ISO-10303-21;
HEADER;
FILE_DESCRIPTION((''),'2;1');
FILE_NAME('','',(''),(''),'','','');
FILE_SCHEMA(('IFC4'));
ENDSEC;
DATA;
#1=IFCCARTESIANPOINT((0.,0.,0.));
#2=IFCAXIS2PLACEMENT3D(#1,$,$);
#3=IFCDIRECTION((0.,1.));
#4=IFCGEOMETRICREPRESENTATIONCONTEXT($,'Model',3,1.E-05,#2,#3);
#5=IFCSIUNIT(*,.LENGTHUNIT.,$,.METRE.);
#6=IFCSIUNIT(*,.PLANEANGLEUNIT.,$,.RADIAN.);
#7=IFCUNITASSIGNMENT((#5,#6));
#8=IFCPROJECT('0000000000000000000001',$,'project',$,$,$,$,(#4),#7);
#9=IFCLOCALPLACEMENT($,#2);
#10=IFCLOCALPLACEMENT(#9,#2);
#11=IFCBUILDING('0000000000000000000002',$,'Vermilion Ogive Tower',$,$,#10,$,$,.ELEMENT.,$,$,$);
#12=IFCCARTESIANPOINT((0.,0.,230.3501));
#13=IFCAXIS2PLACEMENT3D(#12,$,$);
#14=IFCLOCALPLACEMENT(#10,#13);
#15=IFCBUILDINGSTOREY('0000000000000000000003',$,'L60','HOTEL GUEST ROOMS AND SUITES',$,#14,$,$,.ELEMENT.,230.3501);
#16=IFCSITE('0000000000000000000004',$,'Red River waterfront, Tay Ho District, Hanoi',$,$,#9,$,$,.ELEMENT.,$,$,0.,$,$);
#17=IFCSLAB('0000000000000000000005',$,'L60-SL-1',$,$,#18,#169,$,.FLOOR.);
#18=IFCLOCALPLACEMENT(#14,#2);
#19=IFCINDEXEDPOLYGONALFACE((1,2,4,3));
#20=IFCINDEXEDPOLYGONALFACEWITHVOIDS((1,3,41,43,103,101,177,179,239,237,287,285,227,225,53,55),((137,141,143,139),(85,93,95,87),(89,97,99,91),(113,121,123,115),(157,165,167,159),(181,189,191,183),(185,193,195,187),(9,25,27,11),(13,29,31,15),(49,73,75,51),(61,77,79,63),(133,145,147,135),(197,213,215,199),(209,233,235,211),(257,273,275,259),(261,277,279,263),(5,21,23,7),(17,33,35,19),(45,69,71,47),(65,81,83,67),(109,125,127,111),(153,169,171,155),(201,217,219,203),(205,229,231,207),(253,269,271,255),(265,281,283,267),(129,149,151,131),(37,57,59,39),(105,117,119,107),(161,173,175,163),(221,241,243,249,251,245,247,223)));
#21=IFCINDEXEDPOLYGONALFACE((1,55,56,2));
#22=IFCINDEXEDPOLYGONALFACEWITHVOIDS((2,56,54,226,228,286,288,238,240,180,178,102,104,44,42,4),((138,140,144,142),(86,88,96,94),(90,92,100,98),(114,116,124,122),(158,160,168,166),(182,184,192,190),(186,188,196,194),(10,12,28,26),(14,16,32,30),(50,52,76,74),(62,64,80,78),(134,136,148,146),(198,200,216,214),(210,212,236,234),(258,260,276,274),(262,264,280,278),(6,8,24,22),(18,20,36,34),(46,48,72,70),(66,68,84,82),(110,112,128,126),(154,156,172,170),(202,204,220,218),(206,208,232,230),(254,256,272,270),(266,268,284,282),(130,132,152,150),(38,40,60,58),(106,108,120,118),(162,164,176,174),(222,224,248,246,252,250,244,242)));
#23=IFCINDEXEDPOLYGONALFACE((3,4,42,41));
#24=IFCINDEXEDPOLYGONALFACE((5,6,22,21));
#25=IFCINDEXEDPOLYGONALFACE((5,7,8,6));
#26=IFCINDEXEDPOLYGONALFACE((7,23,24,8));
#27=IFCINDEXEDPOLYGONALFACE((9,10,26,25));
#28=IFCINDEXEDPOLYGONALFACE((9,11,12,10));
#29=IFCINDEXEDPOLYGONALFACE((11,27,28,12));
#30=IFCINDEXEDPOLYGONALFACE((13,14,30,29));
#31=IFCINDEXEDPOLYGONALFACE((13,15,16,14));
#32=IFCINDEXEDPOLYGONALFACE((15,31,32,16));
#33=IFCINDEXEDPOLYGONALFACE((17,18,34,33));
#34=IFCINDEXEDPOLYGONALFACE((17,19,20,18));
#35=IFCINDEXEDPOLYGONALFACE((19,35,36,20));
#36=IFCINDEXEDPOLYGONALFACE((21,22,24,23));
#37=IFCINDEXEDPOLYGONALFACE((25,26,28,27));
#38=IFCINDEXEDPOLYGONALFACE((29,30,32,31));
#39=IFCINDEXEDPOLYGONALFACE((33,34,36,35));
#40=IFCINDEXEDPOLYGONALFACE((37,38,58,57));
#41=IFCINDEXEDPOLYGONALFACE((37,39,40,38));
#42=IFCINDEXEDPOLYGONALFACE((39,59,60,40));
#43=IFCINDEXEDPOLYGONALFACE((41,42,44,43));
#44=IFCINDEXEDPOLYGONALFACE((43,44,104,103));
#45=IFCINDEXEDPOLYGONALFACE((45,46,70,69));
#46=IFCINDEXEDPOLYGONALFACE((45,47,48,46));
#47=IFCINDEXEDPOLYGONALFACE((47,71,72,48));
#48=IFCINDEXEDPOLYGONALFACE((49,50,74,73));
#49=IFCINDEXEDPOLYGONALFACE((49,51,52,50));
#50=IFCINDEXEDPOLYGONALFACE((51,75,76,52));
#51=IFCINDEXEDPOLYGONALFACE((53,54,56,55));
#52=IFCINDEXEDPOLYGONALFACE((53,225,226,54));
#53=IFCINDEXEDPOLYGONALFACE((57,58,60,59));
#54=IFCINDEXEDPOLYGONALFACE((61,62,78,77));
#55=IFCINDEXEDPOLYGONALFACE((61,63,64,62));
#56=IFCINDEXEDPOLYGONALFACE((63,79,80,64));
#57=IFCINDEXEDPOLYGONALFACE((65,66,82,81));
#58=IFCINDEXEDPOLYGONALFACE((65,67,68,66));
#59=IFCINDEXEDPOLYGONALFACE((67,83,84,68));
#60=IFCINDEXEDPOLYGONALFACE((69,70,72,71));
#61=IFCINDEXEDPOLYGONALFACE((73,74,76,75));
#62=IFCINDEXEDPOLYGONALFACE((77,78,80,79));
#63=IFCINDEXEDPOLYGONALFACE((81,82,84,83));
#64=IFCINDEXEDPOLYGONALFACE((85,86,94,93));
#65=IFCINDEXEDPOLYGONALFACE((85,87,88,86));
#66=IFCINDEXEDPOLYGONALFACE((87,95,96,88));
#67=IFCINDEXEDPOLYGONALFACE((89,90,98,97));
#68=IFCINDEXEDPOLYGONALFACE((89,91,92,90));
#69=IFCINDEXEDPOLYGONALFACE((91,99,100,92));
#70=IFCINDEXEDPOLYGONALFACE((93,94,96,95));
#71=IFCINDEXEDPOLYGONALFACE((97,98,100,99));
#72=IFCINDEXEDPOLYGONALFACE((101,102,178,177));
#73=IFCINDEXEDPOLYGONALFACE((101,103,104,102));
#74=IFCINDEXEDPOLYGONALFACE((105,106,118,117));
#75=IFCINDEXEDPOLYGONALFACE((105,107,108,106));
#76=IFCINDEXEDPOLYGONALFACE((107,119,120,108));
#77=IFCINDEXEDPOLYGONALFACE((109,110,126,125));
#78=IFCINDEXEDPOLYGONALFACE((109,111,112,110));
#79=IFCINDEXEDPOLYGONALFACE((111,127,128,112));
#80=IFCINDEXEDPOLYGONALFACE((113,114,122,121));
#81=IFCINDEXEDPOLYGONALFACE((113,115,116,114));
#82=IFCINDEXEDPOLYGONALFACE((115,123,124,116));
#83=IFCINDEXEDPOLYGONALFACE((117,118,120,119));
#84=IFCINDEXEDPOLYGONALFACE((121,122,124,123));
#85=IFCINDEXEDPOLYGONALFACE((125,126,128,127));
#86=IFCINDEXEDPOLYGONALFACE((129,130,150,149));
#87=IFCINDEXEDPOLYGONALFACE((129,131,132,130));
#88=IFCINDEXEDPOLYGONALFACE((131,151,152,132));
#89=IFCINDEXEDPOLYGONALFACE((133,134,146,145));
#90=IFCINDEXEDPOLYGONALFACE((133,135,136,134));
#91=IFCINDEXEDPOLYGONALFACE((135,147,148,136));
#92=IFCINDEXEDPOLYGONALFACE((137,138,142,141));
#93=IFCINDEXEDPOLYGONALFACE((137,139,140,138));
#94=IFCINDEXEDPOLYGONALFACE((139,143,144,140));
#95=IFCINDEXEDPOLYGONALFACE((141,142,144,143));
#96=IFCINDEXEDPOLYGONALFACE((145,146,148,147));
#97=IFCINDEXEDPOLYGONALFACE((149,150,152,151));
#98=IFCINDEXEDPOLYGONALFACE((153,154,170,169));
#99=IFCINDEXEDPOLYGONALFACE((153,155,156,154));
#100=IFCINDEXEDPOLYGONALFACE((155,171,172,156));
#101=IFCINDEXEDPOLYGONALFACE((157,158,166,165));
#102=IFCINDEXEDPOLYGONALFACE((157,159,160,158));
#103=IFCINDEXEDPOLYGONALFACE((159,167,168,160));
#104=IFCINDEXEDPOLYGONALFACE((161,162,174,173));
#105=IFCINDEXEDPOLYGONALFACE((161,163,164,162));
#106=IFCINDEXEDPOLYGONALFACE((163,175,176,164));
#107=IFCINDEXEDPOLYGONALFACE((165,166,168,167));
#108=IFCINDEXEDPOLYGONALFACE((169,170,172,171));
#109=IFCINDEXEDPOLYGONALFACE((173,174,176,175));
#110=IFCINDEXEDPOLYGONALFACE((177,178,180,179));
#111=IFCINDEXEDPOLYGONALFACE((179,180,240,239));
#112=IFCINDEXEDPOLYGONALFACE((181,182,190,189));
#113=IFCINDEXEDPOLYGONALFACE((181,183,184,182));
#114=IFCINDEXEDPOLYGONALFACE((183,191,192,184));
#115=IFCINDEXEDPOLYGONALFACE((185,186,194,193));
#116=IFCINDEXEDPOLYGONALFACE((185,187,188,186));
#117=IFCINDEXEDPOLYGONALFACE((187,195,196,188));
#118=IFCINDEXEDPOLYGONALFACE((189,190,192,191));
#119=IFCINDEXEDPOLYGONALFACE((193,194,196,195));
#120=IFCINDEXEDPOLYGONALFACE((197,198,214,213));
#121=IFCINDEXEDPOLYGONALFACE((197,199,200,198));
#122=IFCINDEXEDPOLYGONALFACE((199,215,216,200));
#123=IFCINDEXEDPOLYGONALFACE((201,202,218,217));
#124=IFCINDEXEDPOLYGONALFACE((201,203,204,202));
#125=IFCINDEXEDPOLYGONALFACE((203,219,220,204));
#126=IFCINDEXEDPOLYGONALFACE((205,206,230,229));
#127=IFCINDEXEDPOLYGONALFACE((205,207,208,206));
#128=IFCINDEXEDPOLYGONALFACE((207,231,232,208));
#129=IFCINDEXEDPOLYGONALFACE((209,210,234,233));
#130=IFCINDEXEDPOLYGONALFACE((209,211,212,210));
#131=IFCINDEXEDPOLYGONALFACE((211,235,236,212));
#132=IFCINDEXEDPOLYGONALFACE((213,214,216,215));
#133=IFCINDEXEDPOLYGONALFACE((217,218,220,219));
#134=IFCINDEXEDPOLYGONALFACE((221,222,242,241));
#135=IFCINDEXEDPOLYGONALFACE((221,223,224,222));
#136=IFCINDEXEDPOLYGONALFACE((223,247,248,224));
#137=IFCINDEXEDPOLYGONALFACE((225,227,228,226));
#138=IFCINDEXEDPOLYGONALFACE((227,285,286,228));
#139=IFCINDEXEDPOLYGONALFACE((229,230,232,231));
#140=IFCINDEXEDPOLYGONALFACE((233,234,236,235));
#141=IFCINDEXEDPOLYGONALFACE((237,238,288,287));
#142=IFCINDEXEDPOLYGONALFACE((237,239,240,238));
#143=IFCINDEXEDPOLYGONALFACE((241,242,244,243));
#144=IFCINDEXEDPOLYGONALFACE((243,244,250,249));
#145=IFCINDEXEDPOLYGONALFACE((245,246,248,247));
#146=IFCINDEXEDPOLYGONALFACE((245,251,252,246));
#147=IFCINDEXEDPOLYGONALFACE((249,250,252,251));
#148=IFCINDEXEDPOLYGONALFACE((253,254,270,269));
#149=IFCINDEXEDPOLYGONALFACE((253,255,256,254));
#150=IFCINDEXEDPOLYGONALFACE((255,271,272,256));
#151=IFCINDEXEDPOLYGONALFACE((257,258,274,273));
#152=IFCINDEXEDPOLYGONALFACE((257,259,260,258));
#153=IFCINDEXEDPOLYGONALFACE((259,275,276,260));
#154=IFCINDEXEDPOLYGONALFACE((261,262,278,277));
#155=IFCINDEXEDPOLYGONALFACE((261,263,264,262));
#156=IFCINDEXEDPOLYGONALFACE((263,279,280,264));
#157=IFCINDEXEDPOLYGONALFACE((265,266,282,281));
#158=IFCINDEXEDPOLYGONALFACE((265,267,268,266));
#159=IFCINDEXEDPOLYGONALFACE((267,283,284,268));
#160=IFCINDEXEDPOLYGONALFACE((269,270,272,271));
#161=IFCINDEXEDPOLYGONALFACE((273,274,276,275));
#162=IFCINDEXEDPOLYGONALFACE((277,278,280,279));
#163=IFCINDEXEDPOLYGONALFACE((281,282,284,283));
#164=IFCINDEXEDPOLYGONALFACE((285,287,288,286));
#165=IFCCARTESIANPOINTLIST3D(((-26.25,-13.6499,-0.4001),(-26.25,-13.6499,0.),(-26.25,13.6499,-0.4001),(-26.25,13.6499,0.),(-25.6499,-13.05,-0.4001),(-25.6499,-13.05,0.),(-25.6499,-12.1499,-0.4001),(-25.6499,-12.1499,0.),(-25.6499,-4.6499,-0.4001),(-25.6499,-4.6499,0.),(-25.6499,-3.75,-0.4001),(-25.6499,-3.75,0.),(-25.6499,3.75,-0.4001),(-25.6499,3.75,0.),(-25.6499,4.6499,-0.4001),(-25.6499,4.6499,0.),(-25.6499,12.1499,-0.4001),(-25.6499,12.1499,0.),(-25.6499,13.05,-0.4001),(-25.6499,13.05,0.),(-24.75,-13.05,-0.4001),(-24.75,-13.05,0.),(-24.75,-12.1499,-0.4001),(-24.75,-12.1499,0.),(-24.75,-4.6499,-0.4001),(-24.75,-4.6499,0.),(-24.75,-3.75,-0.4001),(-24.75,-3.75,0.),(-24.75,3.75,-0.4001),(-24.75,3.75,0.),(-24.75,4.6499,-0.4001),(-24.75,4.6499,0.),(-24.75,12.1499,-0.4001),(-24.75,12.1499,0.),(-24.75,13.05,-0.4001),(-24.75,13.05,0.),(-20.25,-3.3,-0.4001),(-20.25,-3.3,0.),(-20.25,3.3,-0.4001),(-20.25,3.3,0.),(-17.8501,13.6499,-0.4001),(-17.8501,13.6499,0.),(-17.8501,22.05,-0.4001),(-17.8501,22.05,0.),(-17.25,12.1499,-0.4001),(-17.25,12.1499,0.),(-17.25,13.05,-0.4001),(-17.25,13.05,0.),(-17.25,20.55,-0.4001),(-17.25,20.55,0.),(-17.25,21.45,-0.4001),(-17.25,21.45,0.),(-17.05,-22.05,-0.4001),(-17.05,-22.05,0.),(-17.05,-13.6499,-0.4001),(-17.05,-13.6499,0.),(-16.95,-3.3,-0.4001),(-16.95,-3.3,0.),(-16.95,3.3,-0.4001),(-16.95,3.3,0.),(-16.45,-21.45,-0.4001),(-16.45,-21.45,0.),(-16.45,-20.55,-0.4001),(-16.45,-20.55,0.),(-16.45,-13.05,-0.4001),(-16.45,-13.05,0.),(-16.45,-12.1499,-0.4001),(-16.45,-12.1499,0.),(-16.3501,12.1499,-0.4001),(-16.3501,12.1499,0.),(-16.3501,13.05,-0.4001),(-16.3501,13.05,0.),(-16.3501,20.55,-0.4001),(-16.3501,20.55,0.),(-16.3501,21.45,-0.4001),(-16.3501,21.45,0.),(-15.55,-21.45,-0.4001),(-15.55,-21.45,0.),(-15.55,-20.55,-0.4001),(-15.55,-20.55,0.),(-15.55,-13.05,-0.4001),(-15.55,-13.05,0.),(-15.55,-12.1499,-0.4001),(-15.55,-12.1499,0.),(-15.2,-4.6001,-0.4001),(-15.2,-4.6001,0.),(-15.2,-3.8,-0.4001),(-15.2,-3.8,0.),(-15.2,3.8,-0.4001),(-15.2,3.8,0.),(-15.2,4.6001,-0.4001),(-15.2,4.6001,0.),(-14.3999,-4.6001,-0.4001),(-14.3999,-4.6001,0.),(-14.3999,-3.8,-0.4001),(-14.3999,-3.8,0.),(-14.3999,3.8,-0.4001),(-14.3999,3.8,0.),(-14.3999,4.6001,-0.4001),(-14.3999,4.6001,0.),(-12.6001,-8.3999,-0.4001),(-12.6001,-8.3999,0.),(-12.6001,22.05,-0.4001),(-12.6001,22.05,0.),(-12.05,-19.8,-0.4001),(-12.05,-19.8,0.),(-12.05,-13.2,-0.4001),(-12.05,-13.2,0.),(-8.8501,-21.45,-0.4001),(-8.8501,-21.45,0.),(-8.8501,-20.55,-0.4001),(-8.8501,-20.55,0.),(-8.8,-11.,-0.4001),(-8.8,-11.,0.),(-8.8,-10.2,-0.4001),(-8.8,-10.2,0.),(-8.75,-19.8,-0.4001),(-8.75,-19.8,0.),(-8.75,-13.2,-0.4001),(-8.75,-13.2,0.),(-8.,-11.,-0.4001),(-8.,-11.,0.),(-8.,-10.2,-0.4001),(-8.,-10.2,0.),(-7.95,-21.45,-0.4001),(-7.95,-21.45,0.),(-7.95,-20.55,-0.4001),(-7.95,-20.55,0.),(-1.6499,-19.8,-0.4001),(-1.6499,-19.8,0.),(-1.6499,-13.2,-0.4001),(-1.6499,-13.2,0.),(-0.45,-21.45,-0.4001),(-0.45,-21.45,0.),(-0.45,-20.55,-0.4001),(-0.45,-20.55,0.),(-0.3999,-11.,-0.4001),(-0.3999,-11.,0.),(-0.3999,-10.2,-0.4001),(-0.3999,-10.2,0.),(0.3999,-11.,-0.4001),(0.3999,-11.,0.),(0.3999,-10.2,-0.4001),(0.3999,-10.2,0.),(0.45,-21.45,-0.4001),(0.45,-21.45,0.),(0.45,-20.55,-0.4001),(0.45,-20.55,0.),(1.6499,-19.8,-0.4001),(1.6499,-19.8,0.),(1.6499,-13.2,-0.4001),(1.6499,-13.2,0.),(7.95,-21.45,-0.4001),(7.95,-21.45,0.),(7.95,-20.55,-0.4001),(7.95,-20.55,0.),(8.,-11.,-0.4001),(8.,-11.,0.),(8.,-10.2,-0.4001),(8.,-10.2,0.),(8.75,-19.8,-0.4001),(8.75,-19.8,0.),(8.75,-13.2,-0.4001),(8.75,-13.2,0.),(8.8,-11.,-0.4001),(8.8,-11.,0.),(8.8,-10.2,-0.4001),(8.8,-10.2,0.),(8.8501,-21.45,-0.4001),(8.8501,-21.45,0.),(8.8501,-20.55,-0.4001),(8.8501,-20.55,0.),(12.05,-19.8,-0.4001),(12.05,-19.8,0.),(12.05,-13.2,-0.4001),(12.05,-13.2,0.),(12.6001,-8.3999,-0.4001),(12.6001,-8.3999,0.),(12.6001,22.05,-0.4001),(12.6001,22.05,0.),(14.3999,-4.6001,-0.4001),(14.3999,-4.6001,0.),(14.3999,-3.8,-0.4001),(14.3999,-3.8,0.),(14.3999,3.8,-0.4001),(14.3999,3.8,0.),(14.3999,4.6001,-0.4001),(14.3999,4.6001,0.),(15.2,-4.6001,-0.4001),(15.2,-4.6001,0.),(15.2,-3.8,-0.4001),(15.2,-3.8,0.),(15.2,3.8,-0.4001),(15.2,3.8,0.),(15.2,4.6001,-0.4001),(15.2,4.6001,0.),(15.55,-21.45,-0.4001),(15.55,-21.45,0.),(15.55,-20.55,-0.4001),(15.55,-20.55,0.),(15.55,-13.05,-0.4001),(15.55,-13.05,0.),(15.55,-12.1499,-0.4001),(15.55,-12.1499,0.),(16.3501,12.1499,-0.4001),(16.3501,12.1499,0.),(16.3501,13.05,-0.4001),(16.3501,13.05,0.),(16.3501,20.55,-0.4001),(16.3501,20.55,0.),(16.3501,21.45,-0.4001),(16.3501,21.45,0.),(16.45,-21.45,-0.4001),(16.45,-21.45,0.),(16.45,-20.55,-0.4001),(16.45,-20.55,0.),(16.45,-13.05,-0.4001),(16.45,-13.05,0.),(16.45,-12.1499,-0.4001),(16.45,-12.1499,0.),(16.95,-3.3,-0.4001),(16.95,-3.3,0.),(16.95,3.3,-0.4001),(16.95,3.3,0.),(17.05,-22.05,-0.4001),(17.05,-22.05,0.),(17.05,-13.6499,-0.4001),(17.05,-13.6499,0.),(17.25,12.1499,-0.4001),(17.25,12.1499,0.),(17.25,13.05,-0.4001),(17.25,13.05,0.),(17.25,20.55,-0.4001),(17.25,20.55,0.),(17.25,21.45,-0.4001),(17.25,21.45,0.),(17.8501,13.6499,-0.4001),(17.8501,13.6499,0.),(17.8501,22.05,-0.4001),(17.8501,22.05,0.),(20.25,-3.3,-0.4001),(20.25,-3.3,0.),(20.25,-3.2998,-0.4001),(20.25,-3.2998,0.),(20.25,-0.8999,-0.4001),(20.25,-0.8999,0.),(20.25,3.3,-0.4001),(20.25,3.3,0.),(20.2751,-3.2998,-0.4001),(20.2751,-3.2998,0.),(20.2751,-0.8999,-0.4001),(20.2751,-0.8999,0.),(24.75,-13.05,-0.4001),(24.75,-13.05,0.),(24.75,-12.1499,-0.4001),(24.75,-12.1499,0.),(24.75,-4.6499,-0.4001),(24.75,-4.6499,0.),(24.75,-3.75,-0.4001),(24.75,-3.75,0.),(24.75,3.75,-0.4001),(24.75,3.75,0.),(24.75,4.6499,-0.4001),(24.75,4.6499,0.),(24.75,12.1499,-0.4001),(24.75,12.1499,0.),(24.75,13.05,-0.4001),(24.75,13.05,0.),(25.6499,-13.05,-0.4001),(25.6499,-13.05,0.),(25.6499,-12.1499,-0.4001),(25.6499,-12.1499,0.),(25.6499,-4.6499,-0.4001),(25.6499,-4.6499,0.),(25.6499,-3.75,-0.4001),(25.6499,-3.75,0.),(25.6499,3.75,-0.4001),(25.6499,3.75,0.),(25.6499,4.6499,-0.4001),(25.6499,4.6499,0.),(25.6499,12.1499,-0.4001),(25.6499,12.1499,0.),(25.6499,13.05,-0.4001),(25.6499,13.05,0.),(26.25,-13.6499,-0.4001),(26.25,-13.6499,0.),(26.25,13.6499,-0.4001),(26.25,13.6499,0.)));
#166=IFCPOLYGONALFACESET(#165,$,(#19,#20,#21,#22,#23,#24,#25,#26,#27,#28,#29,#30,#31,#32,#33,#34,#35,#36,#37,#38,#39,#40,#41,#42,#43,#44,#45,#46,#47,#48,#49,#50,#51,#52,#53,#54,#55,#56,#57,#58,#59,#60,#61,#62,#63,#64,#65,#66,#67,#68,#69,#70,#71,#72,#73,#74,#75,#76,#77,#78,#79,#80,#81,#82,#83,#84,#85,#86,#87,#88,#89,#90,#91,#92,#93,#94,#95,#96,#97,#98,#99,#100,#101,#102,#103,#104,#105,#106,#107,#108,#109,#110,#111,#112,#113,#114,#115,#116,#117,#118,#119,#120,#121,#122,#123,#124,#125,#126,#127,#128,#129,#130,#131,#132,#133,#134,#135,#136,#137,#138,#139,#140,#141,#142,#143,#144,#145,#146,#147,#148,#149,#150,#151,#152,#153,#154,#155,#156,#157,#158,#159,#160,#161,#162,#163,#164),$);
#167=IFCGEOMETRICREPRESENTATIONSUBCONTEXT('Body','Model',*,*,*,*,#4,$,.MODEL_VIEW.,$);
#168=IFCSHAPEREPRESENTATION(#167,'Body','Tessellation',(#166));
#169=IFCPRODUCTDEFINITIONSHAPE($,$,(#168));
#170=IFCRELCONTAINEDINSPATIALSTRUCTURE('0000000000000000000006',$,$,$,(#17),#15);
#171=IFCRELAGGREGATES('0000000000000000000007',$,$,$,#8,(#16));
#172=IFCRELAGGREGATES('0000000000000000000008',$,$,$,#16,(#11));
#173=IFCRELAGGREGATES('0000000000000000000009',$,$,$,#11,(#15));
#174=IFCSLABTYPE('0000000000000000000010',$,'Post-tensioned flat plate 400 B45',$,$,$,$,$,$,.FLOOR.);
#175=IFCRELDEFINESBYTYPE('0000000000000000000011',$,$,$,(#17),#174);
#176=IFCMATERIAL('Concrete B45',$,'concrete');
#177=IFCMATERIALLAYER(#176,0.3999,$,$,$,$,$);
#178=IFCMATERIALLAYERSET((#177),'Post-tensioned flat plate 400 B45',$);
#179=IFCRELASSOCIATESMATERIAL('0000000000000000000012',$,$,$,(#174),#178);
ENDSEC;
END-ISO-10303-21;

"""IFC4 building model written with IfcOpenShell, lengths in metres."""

from ifc_helpers import new_model, si_unit, direction, frame, origin, place, context, subcontext, project, spatial, polyline, outline, extrude, material, layer, layer_set, type_object, element, save


model = new_model("IFC4")

# Units and contexts
model_context = context("Model", 3, precision=1e-05, world=origin(), true_north=direction((0.0, 1.0)))
body_context = subcontext(model_context, "Body", "Model", "MODEL_VIEW")
ifc_project = project(units=[si_unit("LENGTHUNIT", "METRE"), si_unit("PLANEANGLEUNIT", "RADIAN")], contexts=[model_context])

# Site, building, storey
site_placement = place(None, origin())
site = spatial("IfcSite", under=ifc_project, at=site_placement, Name="Red River waterfront, Tay Ho District, Hanoi", CompositionType="ELEMENT", RefElevation=0.0)
building_placement = place(site_placement, origin())
building = spatial("IfcBuilding", under=site, at=building_placement, Name="Vermilion Ogive Tower", CompositionType="ELEMENT")
storey_placement = place(building_placement, frame((0.0, 0.0, 230.3501)))
storey = spatial("IfcBuildingStorey", under=building, at=storey_placement, Name="L60", Description="HOTEL GUEST ROOMS AND SUITES", CompositionType="ELEMENT", Elevation=230.3501)

# Slab
ifc_material_1 = material(Name="Concrete B45", Category="concrete")
ifc_layer_1 = layer(ifc_material_1, 0.3999)
ifc_layer_set_1 = layer_set([ifc_layer_1], Name="Post-tensioned flat plate 400 B45")
slab_type_1 = type_object("IfcSlabType", Name="Post-tensioned flat plate 400 B45", PredefinedType="FLOOR", material=ifc_layer_set_1)
slab_1_placement = place(storey_placement, frame((0.0, 0.0, -0.4001)))
element("IfcSlab", 1, at=slab_1_placement, inside=storey, type_object=slab_type_1, Name="L60-SL-1", PredefinedType="FLOOR", context=body_context, shape_type="SweptSolid", body=[
    extrude(outline(polyline([(-26.25, -13.6499), (-17.05, -13.6499), (-17.05, -22.05), (17.05, -22.05), (17.05, -13.6499), (26.25, -13.6499), (26.25, 13.6499), (17.8501, 13.6499), (17.8501, 22.05), (12.6001, 22.05), (12.6001, -8.3999), (-12.6001, -8.3999), (-12.6001, 22.05), (-17.8501, 22.05), (-17.8501, 13.6499), (-26.25, 13.6499), (-26.25, -13.6499)]), holes=[polyline([(25.6499, -3.75), (25.6499, -4.6499), (24.75, -4.6499), (24.75, -3.75), (25.6499, -3.75)]), polyline([(25.6499, -12.1499), (25.6499, -13.05), (24.75, -13.05), (24.75, -12.1499), (25.6499, -12.1499)]), polyline([(25.6499, 12.1499), (24.75, 12.1499), (24.75, 13.05), (25.6499, 13.05), (25.6499, 12.1499)]), polyline([(25.6499, 3.75), (24.75, 3.75), (24.75, 4.6499), (25.6499, 4.6499), (25.6499, 3.75)]), polyline([(20.25, -3.2998), (20.25, -3.3), (16.95, -3.3), (16.95, 3.3), (20.25, 3.3), (20.25, -0.8999), (20.2751, -0.8999), (20.2751, -3.2998), (20.25, -3.2998)]), polyline([(17.25, 13.05), (17.25, 12.1499), (16.3501, 12.1499), (16.3501, 13.05), (17.25, 13.05)]), polyline([(17.25, 20.55), (16.3501, 20.55), (16.3501, 21.45), (17.25, 21.45), (17.25, 20.55)]), polyline([(16.45, -12.1499), (16.45, -13.05), (15.55, -13.05), (15.55, -12.1499), (16.45, -12.1499)]), polyline([(16.45, -20.55), (16.45, -21.45), (15.55, -21.45), (15.55, -20.55), (16.45, -20.55)]), polyline([(15.2, 4.6001), (15.2, 3.8), (14.3999, 3.8), (14.3999, 4.6001), (15.2, 4.6001)]), polyline([(15.2, -4.6001), (14.3999, -4.6001), (14.3999, -3.8), (15.2, -3.8), (15.2, -4.6001)]), polyline([(12.05, -13.2), (12.05, -19.8), (8.75, -19.8), (8.75, -13.2), (12.05, -13.2)]), polyline([(8.8501, -20.55), (8.8501, -21.45), (7.95, -21.45), (7.95, -20.55), (8.8501, -20.55)]), polyline([(8.8, -11.0), (8.0, -11.0), (8.0, -10.2), (8.8, -10.2), (8.8, -11.0)]), polyline([(1.6499, -13.2), (1.6499, -19.8), (-1.6499, -19.8), (-1.6499, -13.2), (1.6499, -13.2)]), polyline([(0.45, -20.55), (0.45, -21.45), (-0.45, -21.45), (-0.45, -20.55), (0.45, -20.55)]), polyline([(0.3999, -10.2), (0.3999, -11.0), (-0.3999, -11.0), (-0.3999, -10.2), (0.3999, -10.2)]), polyline([(-7.95, -20.55), (-7.95, -21.45), (-8.8501, -21.45), (-8.8501, -20.55), (-7.95, -20.55)]), polyline([(-8.0, -10.2), (-8.0, -11.0), (-8.8, -11.0), (-8.8, -10.2), (-8.0, -10.2)]), polyline([(-8.75, -13.2), (-8.75, -19.8), (-12.05, -19.8), (-12.05, -13.2), (-8.75, -13.2)]), polyline([(-14.3999, 4.6001), (-14.3999, 3.8), (-15.2, 3.8), (-15.2, 4.6001), (-14.3999, 4.6001)]), polyline([(-14.3999, -4.6001), (-15.2, -4.6001), (-15.2, -3.8), (-14.3999, -3.8), (-14.3999, -4.6001)]), polyline([(-15.55, -12.1499), (-15.55, -13.05), (-16.45, -13.05), (-16.45, -12.1499), (-15.55, -12.1499)]), polyline([(-15.55, -20.55), (-15.55, -21.45), (-16.45, -21.45), (-16.45, -20.55), (-15.55, -20.55)]), polyline([(-16.3501, 13.05), (-16.3501, 12.1499), (-17.25, 12.1499), (-17.25, 13.05), (-16.3501, 13.05)]), polyline([(-16.3501, 20.55), (-17.25, 20.55), (-17.25, 21.45), (-16.3501, 21.45), (-16.3501, 20.55)]), polyline([(-16.95, 3.3), (-16.95, -3.3), (-20.25, -3.3), (-20.25, 3.3), (-16.95, 3.3)]), polyline([(-24.75, 3.75), (-25.6499, 3.75), (-25.6499, 4.6499), (-24.75, 4.6499), (-24.75, 3.75)]), polyline([(-24.75, 13.05), (-24.75, 12.1499), (-25.6499, 12.1499), (-25.6499, 13.05), (-24.75, 13.05)]), polyline([(-24.75, -3.75), (-24.75, -4.6499), (-25.6499, -4.6499), (-25.6499, -3.75), (-24.75, -3.75)]), polyline([(-24.75, -12.1499), (-24.75, -13.05), (-25.6499, -13.05), (-25.6499, -12.1499), (-24.75, -12.1499)])]), origin(), (0.0, 0.0, 1.0), 0.4001),
])

save(model, "model.ifc")
